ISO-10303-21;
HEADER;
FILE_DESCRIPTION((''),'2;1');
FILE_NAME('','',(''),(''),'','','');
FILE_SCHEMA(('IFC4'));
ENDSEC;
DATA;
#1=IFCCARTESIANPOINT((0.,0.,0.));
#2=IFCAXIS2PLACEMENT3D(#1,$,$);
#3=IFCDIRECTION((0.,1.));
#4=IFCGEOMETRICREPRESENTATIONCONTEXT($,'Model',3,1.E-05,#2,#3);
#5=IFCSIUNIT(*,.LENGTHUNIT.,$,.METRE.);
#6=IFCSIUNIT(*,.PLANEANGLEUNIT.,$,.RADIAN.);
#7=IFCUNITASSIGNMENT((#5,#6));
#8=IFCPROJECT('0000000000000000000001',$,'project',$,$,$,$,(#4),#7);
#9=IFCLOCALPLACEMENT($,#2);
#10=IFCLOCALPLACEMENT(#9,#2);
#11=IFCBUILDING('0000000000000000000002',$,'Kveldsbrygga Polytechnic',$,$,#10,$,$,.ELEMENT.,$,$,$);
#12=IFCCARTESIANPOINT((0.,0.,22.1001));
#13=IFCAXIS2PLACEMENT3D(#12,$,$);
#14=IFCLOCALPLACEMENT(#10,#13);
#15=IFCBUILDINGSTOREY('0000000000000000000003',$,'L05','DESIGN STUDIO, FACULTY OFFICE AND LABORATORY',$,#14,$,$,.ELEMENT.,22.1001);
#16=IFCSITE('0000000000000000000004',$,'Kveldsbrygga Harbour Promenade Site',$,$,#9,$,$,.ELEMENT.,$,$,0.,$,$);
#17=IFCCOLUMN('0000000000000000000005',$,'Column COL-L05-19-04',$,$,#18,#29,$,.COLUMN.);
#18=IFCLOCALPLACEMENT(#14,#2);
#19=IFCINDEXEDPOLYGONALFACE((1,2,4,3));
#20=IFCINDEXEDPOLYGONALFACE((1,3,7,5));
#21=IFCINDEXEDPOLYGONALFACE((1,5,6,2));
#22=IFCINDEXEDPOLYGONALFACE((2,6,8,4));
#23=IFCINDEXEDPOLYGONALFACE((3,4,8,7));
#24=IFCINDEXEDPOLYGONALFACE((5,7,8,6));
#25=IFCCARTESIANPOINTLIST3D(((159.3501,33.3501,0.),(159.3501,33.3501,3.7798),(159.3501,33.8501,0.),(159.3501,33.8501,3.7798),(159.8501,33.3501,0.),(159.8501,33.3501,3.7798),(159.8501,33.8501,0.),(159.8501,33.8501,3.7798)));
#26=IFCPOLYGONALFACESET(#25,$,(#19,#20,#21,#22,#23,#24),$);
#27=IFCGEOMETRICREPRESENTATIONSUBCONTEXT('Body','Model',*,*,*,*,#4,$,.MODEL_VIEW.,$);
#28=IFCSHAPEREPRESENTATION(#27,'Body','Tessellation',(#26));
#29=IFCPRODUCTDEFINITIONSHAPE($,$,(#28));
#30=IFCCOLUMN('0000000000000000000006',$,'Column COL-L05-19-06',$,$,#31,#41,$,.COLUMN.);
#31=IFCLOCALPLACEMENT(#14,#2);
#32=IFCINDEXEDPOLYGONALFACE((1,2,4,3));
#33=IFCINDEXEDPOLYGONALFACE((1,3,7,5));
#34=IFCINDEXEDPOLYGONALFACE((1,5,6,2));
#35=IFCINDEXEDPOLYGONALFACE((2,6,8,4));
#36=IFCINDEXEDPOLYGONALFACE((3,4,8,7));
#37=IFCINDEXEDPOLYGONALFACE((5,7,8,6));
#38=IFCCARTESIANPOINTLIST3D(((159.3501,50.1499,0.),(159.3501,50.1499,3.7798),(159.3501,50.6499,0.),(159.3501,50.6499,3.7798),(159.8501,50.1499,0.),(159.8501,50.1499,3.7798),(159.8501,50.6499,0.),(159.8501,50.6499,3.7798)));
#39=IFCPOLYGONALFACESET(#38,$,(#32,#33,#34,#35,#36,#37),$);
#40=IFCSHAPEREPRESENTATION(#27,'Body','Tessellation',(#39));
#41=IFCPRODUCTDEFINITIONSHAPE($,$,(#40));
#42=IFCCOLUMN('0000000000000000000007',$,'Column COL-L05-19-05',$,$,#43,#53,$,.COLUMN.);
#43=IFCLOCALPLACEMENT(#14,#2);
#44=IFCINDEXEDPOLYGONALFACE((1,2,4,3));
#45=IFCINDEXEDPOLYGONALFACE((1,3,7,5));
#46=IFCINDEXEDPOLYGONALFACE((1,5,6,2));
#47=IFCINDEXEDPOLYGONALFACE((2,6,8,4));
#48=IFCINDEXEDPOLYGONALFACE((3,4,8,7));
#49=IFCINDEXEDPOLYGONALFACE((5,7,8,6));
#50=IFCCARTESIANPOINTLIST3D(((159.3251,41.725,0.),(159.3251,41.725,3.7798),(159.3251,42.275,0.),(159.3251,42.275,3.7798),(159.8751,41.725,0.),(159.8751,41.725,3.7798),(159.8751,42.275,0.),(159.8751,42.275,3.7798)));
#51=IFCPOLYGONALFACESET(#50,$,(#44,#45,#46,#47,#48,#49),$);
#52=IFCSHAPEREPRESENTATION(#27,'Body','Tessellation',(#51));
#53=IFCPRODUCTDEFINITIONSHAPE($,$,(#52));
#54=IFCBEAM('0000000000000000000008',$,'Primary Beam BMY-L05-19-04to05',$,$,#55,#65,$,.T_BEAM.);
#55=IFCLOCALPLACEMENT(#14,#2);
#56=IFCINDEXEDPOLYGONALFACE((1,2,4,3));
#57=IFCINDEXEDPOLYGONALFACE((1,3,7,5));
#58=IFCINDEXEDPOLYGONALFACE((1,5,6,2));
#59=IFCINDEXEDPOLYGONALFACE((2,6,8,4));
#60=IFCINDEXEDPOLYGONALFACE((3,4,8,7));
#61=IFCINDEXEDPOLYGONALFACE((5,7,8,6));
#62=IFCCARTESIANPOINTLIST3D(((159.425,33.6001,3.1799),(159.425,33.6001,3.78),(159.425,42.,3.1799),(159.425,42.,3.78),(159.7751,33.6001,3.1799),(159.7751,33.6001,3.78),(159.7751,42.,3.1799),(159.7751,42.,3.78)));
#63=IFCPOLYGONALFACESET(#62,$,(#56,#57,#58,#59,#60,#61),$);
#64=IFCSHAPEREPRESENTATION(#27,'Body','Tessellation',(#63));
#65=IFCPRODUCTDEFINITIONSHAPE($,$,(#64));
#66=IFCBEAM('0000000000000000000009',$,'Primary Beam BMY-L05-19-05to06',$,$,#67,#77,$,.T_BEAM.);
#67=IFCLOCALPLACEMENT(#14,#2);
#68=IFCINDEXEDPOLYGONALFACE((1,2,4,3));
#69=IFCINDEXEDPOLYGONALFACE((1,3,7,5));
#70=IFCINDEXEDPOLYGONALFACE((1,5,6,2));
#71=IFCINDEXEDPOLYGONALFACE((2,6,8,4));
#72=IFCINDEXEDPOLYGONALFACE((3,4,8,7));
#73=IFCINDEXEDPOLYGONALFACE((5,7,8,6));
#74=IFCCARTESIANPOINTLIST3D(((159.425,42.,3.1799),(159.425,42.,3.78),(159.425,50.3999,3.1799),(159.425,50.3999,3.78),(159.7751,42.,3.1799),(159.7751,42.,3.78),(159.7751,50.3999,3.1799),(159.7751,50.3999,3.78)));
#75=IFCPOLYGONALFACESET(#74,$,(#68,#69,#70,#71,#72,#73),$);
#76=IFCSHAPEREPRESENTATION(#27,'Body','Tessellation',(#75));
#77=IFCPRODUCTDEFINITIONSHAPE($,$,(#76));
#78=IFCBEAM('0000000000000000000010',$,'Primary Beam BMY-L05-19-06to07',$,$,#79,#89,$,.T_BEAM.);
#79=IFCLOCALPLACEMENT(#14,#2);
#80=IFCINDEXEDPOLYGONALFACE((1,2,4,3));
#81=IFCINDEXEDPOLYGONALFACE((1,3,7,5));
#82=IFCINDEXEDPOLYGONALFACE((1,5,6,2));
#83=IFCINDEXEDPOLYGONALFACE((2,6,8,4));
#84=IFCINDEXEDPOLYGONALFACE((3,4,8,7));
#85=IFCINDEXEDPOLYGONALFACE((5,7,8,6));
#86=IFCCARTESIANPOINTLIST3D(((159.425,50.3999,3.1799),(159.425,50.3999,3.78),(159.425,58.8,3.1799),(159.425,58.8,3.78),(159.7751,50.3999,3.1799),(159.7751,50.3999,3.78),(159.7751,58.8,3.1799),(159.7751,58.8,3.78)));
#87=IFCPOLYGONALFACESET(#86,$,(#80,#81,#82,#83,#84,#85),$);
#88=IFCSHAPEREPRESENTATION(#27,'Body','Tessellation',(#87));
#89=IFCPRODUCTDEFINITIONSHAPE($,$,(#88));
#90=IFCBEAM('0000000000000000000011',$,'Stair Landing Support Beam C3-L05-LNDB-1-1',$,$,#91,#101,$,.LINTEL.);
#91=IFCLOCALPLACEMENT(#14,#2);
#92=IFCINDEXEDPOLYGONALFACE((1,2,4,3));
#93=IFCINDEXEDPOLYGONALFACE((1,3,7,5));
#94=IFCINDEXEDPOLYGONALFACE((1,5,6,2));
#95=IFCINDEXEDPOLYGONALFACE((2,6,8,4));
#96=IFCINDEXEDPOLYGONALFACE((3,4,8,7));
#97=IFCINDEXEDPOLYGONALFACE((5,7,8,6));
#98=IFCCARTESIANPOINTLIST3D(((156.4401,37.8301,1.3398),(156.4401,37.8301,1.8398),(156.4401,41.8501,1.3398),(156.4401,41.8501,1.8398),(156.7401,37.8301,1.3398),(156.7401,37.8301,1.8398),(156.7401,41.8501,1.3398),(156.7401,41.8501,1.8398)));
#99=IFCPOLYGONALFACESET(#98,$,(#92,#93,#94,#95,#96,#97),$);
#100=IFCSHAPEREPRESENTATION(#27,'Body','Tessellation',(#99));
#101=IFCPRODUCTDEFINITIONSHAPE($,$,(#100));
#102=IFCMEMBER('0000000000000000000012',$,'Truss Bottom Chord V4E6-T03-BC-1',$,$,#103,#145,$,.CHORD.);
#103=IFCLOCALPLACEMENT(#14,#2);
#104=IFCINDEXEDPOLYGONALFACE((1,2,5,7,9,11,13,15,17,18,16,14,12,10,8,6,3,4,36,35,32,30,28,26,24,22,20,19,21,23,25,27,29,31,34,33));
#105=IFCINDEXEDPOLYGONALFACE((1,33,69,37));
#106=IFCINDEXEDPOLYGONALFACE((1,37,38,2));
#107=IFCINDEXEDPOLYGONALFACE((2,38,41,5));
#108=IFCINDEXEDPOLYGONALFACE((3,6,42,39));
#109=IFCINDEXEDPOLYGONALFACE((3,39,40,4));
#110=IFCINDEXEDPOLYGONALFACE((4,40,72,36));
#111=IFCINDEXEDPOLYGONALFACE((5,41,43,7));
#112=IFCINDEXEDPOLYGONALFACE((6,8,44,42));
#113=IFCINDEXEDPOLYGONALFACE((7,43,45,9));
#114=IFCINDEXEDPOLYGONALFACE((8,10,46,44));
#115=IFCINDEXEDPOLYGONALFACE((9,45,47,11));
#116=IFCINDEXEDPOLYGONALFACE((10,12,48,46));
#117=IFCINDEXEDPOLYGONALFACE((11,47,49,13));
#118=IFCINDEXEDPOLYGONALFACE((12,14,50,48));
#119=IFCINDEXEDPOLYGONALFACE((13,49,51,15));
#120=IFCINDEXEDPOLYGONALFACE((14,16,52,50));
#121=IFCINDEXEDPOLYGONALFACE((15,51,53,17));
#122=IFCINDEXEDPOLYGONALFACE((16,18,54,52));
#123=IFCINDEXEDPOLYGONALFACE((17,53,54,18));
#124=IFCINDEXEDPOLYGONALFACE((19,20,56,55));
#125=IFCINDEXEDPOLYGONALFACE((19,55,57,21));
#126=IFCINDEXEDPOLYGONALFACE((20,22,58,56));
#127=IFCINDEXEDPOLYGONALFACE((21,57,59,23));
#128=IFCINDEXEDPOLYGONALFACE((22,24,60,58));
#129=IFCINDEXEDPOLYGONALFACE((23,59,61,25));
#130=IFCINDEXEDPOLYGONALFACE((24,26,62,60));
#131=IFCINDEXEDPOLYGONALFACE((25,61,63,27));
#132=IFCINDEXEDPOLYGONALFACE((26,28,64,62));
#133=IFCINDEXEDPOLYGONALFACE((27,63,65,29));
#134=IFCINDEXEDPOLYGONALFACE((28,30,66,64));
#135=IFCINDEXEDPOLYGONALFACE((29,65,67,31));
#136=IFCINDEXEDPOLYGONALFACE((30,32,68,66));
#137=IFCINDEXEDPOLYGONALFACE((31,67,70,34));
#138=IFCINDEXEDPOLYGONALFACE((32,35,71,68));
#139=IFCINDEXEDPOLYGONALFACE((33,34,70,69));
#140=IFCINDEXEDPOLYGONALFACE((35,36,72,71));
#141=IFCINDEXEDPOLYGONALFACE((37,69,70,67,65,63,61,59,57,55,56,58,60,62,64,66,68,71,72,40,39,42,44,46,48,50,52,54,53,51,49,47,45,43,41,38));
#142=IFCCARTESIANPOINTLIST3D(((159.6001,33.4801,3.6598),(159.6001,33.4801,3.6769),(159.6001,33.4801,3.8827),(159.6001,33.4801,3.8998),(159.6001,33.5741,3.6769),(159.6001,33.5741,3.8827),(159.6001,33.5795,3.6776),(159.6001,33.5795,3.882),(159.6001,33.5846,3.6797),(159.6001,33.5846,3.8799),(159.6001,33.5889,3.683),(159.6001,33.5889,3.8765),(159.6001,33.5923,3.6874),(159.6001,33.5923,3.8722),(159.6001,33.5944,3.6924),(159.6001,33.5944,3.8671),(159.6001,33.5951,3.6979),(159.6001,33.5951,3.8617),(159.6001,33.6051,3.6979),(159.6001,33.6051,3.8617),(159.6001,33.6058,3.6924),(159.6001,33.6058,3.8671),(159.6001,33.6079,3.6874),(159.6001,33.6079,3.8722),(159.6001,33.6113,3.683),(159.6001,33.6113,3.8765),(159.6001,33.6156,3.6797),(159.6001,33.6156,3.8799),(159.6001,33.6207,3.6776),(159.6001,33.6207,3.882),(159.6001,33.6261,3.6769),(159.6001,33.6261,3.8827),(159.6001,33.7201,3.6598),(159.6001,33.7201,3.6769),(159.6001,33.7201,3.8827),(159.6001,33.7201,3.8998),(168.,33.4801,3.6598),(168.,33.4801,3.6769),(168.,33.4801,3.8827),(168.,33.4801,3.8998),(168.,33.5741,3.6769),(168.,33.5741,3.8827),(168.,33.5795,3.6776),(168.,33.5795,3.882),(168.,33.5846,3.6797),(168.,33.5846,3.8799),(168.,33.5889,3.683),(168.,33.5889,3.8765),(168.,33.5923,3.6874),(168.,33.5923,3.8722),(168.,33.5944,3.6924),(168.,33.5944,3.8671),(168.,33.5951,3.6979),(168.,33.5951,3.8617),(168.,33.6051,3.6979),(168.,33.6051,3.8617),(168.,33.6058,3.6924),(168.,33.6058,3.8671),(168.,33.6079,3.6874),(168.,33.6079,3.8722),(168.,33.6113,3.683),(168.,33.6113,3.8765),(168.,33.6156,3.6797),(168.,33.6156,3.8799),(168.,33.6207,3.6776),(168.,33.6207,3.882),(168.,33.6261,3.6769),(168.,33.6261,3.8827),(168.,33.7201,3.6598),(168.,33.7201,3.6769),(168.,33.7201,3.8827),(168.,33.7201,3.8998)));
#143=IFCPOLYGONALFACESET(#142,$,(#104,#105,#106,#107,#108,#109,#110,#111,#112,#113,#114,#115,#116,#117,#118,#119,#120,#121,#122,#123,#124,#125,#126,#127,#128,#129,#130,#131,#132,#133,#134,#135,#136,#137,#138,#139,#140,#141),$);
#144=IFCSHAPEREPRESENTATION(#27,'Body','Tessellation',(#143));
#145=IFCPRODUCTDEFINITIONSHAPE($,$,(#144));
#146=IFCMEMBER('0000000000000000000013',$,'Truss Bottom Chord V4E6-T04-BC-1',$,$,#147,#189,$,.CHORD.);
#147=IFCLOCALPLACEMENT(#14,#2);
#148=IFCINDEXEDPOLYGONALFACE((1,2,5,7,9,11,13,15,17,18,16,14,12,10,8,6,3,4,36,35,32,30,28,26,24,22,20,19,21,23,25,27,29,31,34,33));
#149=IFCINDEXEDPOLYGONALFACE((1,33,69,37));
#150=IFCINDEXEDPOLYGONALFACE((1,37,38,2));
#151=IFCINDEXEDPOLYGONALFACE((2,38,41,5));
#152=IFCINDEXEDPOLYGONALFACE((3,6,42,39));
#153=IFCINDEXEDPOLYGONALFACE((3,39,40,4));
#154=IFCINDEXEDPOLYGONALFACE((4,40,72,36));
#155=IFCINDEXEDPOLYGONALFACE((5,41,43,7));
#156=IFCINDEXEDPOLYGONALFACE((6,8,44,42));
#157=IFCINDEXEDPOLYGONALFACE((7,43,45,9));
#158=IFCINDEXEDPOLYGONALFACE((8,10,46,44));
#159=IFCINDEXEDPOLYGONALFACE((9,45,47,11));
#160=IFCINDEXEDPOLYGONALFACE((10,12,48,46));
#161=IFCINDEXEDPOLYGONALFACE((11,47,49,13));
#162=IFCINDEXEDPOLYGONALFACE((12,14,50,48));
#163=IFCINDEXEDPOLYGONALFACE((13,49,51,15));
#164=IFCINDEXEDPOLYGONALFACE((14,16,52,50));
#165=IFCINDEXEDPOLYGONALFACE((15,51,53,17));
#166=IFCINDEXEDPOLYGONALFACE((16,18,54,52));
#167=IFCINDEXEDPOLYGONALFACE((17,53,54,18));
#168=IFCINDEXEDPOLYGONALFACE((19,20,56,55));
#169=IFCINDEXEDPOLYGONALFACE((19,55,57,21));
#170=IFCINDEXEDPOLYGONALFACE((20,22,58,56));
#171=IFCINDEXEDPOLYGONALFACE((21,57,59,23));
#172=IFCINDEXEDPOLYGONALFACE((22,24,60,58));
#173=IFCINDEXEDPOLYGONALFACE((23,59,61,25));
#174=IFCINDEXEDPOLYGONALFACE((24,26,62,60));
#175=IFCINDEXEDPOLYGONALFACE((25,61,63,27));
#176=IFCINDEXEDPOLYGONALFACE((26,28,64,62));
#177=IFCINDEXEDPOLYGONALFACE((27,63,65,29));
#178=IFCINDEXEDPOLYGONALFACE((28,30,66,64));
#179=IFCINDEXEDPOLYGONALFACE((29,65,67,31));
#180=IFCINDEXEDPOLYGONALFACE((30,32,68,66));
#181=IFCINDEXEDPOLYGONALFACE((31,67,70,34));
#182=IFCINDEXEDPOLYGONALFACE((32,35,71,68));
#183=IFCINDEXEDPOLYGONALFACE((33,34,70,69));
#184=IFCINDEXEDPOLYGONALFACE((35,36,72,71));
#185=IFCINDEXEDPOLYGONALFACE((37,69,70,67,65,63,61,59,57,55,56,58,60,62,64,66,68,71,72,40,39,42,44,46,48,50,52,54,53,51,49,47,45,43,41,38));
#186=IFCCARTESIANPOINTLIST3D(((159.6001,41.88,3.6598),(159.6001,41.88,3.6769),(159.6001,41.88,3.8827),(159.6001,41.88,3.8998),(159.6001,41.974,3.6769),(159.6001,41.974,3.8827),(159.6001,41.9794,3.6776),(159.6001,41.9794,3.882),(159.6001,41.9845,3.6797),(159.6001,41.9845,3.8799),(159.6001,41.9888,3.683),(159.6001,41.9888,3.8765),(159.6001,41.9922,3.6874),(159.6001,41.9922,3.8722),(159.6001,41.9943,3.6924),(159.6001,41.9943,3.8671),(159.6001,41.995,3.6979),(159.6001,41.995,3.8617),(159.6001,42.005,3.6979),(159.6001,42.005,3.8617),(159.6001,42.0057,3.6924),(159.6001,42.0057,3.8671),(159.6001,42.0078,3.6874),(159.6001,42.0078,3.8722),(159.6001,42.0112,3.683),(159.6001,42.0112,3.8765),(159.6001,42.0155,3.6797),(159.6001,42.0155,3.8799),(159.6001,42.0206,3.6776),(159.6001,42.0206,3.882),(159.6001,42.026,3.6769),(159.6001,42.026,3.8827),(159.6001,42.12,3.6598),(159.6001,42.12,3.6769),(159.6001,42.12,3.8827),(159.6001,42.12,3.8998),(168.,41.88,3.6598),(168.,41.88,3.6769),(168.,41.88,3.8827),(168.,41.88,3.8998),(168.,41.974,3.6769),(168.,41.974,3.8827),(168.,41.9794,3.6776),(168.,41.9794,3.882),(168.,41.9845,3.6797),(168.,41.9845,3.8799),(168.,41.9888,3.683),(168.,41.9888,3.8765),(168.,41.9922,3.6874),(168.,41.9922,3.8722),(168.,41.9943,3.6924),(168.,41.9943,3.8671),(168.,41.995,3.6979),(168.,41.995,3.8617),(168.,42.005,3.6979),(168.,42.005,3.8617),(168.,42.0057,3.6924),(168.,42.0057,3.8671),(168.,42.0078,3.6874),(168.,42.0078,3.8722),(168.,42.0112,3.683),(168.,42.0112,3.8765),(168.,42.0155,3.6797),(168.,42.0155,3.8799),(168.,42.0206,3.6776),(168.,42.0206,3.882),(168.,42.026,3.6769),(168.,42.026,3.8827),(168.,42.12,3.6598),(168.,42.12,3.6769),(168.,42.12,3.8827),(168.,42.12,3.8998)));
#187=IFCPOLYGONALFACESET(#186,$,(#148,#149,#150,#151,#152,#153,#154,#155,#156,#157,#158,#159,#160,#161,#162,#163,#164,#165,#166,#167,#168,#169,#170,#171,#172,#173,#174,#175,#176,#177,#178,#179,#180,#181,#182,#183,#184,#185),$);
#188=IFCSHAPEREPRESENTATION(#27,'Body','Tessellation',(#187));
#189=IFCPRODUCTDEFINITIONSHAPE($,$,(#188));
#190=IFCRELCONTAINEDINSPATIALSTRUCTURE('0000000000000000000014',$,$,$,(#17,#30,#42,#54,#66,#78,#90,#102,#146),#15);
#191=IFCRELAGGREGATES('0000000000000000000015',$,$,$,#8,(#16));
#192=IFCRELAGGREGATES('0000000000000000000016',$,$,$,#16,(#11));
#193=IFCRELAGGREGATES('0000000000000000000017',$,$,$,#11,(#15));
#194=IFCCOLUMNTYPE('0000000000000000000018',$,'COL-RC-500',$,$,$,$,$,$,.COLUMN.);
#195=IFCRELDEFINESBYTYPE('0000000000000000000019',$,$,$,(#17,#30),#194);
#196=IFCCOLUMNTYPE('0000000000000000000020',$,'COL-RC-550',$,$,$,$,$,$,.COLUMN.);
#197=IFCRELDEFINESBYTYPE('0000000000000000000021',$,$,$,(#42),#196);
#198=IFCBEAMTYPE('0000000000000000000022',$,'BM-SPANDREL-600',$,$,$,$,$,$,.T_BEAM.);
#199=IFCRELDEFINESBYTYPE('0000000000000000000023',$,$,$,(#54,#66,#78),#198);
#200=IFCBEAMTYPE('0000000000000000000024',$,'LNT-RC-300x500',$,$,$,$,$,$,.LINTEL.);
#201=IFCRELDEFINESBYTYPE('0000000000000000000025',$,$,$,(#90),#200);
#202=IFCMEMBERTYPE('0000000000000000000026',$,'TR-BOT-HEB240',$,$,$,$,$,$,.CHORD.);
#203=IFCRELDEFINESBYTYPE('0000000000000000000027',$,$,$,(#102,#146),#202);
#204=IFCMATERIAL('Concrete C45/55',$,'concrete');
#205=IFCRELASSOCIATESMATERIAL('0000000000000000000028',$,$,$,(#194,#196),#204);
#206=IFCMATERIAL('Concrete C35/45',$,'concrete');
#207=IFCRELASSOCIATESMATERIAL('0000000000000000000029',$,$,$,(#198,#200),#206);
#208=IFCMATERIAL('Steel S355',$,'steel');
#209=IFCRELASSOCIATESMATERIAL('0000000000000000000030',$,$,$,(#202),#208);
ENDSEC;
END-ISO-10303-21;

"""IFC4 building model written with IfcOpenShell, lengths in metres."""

from ifc_helpers import new_model, si_unit, direction, frame, origin, origin_2d, place, context, subcontext, project, spatial, rectangle, i_section, extrude, material, material_profile, profile_set, type_object, element, save


model = new_model("IFC4")

# Units and contexts
model_context = context("Model", 3, precision=1e-05, world=origin(), true_north=direction((0.0, 1.0)))
body_context = subcontext(model_context, "Body", "Model", "MODEL_VIEW")
ifc_project = project(units=[si_unit("LENGTHUNIT", "METRE"), si_unit("PLANEANGLEUNIT", "RADIAN")], contexts=[model_context])

# Site, building, storey
site_placement = place(None, origin())
site = spatial("IfcSite", under=ifc_project, at=site_placement, Name="Kveldsbrygga Harbour Promenade Site", CompositionType="ELEMENT", RefElevation=0.0)
building_placement = place(site_placement, origin())
building = spatial("IfcBuilding", under=site, at=building_placement, Name="Kveldsbrygga Polytechnic", CompositionType="ELEMENT")
storey_placement = place(building_placement, frame((0.0, 0.0, 22.1001)))
storey = spatial("IfcBuildingStorey", under=building, at=storey_placement, Name="L05", Description="DESIGN STUDIO, FACULTY OFFICE AND LABORATORY", CompositionType="ELEMENT", Elevation=22.1001)

# Columns
ifc_material_1 = material(Name="Concrete C45/55", Category="concrete")
ifc_material_profile_1 = material_profile(ifc_material_1, rectangle(XDim=0.5, YDim=0.5, at=origin_2d()), Name="RC 500x500")
ifc_profile_set_1 = profile_set([ifc_material_profile_1], Name="Concrete C45/55")
column_type_1 = type_object("IfcColumnType", Name="COL-RC-500", PredefinedType="COLUMN", material=ifc_profile_set_1)
for number, where, z_axis, x_axis, name in (
    (1, (159.6001, 33.6001, 0.0), (0.0, 0.0, 1.0), (1.0, 0.0, 0.0), "Column COL-L05-19-04"),
    (2, (159.6001, 50.3999, 0.0), (0.0, 0.0, 1.0), (1.0, 0.0, 0.0), "Column COL-L05-19-06"),
):
    element("IfcColumn", number, at=place(storey_placement, frame(where, z_axis=z_axis, x_axis=x_axis)), inside=storey, type_object=column_type_1, Name=name, PredefinedType="COLUMN", context=body_context, shape_type="SweptSolid", body=[
        extrude(rectangle(XDim=0.5, YDim=0.5, at=origin_2d()), origin(), (0.0, 0.0, 1.0), 3.7798),
    ])
ifc_material_profile_2 = material_profile(ifc_material_1, rectangle(XDim=0.55, YDim=0.55, at=origin_2d()), Name="RC 550x550")
ifc_profile_set_2 = profile_set([ifc_material_profile_2], Name="Concrete C45/55")
column_type_2 = type_object("IfcColumnType", Name="COL-RC-550", PredefinedType="COLUMN", material=ifc_profile_set_2)
column_placement = place(storey_placement, frame((159.6001, 42.0, 0.0), z_axis=(0.0, 0.0, 1.0), x_axis=(1.0, 0.0, 0.0)))
element("IfcColumn", 3, at=column_placement, inside=storey, type_object=column_type_2, Name="Column COL-L05-19-05", PredefinedType="COLUMN", context=body_context, shape_type="SweptSolid", body=[
    extrude(rectangle(XDim=0.55, YDim=0.55, at=origin_2d()), origin(), (0.0, 0.0, 1.0), 3.7798),
])

# Beams
ifc_material_2 = material(Name="Concrete C35/45", Category="concrete")
ifc_material_profile_3 = material_profile(ifc_material_2, rectangle(XDim=0.3501, YDim=0.6001, at=origin_2d()), Name="RC 350x600")
ifc_profile_set_3 = profile_set([ifc_material_profile_3], Name="Concrete C35/45")
beam_type_1 = type_object("IfcBeamType", Name="BM-SPANDREL-600", PredefinedType="T_BEAM", material=ifc_profile_set_3)
for number, where, z_axis, x_axis, name in (
    (4, (159.6001, 33.6001, 3.48), (0.0, 1.0, 0.0), (-1.0, 0.0, 0.0), "Primary Beam BMY-L05-19-04to05"),
    (5, (159.6001, 42.0, 3.48), (0.0, 1.0, 0.0), (-1.0, 0.0, 0.0), "Primary Beam BMY-L05-19-05to06"),
):
    element("IfcBeam", number, at=place(storey_placement, frame(where, z_axis=z_axis, x_axis=x_axis)), inside=storey, type_object=beam_type_1, Name=name, PredefinedType="T_BEAM", context=body_context, shape_type="SweptSolid", body=[
        extrude(rectangle(XDim=0.3501, YDim=0.6001, at=origin_2d()), origin(), (0.0, 0.0, 1.0), 8.3999),
    ])
beam_1_placement = place(storey_placement, frame((159.6001, 50.3999, 3.48), z_axis=(0.0, 1.0, 0.0), x_axis=(-1.0, 0.0, 0.0)))
element("IfcBeam", 6, at=beam_1_placement, inside=storey, type_object=beam_type_1, Name="Primary Beam BMY-L05-19-06to07", PredefinedType="T_BEAM", context=body_context, shape_type="SweptSolid", body=[
    extrude(rectangle(XDim=0.3501, YDim=0.6001, at=origin_2d()), origin(), (0.0, 0.0, 1.0), 8.4001),
])
ifc_material_profile_4 = material_profile(ifc_material_2, rectangle(XDim=0.3, YDim=0.5, at=origin_2d()), Name="RC 300x500")
ifc_profile_set_4 = profile_set([ifc_material_profile_4], Name="Concrete C35/45")
beam_type_2 = type_object("IfcBeamType", Name="LNT-RC-300x500", PredefinedType="LINTEL", material=ifc_profile_set_4)
beam_2_placement = place(storey_placement, frame((156.5901, 37.8301, 1.5898), z_axis=(0.0, 1.0, 0.0), x_axis=(-1.0, 0.0, 0.0)))
element("IfcBeam", 7, at=beam_2_placement, inside=storey, type_object=beam_type_2, Name="Stair Landing Support Beam C3-L05-LNDB-1-1", PredefinedType="LINTEL", context=body_context, shape_type="SweptSolid", body=[
    extrude(rectangle(XDim=0.3, YDim=0.5, at=origin_2d()), origin(), (0.0, 0.0, 1.0), 4.02),
])

# Members
ifc_material_3 = material(Name="Steel S355", Category="steel")
ifc_material_profile_5 = material_profile(ifc_material_3, i_section(OverallWidth=0.24, OverallDepth=0.24, WebThickness=0.01, FlangeThickness=0.0171, FilletRadius=0.021, at=origin_2d()), Name="HEB 240")
ifc_profile_set_5 = profile_set([ifc_material_profile_5], Name="Steel S355")
member_type_1 = type_object("IfcMemberType", Name="TR-BOT-HEB240", PredefinedType="CHORD", material=ifc_profile_set_5)
for number, where, z_axis, x_axis, name in (
    (8, (159.6001, 33.6001, 3.7798), (1.0, 0.0, 0.0), (0.0, 1.0, 0.0), "Truss Bottom Chord V4E6-T03-BC-1"),
    (9, (159.6001, 42.0, 3.7798), (1.0, 0.0, 0.0), (0.0, 1.0, 0.0), "Truss Bottom Chord V4E6-T04-BC-1"),
):
    element("IfcMember", number, at=place(storey_placement, frame(where, z_axis=z_axis, x_axis=x_axis)), inside=storey, type_object=member_type_1, Name=name, PredefinedType="CHORD", context=body_context, shape_type="SweptSolid", body=[
        extrude(i_section(OverallWidth=0.24, OverallDepth=0.24, WebThickness=0.01, FlangeThickness=0.0171, FilletRadius=0.021, at=origin_2d()), origin(), (0.0, 0.0, 1.0), 8.3999),
    ])

save(model, "model.ifc")
